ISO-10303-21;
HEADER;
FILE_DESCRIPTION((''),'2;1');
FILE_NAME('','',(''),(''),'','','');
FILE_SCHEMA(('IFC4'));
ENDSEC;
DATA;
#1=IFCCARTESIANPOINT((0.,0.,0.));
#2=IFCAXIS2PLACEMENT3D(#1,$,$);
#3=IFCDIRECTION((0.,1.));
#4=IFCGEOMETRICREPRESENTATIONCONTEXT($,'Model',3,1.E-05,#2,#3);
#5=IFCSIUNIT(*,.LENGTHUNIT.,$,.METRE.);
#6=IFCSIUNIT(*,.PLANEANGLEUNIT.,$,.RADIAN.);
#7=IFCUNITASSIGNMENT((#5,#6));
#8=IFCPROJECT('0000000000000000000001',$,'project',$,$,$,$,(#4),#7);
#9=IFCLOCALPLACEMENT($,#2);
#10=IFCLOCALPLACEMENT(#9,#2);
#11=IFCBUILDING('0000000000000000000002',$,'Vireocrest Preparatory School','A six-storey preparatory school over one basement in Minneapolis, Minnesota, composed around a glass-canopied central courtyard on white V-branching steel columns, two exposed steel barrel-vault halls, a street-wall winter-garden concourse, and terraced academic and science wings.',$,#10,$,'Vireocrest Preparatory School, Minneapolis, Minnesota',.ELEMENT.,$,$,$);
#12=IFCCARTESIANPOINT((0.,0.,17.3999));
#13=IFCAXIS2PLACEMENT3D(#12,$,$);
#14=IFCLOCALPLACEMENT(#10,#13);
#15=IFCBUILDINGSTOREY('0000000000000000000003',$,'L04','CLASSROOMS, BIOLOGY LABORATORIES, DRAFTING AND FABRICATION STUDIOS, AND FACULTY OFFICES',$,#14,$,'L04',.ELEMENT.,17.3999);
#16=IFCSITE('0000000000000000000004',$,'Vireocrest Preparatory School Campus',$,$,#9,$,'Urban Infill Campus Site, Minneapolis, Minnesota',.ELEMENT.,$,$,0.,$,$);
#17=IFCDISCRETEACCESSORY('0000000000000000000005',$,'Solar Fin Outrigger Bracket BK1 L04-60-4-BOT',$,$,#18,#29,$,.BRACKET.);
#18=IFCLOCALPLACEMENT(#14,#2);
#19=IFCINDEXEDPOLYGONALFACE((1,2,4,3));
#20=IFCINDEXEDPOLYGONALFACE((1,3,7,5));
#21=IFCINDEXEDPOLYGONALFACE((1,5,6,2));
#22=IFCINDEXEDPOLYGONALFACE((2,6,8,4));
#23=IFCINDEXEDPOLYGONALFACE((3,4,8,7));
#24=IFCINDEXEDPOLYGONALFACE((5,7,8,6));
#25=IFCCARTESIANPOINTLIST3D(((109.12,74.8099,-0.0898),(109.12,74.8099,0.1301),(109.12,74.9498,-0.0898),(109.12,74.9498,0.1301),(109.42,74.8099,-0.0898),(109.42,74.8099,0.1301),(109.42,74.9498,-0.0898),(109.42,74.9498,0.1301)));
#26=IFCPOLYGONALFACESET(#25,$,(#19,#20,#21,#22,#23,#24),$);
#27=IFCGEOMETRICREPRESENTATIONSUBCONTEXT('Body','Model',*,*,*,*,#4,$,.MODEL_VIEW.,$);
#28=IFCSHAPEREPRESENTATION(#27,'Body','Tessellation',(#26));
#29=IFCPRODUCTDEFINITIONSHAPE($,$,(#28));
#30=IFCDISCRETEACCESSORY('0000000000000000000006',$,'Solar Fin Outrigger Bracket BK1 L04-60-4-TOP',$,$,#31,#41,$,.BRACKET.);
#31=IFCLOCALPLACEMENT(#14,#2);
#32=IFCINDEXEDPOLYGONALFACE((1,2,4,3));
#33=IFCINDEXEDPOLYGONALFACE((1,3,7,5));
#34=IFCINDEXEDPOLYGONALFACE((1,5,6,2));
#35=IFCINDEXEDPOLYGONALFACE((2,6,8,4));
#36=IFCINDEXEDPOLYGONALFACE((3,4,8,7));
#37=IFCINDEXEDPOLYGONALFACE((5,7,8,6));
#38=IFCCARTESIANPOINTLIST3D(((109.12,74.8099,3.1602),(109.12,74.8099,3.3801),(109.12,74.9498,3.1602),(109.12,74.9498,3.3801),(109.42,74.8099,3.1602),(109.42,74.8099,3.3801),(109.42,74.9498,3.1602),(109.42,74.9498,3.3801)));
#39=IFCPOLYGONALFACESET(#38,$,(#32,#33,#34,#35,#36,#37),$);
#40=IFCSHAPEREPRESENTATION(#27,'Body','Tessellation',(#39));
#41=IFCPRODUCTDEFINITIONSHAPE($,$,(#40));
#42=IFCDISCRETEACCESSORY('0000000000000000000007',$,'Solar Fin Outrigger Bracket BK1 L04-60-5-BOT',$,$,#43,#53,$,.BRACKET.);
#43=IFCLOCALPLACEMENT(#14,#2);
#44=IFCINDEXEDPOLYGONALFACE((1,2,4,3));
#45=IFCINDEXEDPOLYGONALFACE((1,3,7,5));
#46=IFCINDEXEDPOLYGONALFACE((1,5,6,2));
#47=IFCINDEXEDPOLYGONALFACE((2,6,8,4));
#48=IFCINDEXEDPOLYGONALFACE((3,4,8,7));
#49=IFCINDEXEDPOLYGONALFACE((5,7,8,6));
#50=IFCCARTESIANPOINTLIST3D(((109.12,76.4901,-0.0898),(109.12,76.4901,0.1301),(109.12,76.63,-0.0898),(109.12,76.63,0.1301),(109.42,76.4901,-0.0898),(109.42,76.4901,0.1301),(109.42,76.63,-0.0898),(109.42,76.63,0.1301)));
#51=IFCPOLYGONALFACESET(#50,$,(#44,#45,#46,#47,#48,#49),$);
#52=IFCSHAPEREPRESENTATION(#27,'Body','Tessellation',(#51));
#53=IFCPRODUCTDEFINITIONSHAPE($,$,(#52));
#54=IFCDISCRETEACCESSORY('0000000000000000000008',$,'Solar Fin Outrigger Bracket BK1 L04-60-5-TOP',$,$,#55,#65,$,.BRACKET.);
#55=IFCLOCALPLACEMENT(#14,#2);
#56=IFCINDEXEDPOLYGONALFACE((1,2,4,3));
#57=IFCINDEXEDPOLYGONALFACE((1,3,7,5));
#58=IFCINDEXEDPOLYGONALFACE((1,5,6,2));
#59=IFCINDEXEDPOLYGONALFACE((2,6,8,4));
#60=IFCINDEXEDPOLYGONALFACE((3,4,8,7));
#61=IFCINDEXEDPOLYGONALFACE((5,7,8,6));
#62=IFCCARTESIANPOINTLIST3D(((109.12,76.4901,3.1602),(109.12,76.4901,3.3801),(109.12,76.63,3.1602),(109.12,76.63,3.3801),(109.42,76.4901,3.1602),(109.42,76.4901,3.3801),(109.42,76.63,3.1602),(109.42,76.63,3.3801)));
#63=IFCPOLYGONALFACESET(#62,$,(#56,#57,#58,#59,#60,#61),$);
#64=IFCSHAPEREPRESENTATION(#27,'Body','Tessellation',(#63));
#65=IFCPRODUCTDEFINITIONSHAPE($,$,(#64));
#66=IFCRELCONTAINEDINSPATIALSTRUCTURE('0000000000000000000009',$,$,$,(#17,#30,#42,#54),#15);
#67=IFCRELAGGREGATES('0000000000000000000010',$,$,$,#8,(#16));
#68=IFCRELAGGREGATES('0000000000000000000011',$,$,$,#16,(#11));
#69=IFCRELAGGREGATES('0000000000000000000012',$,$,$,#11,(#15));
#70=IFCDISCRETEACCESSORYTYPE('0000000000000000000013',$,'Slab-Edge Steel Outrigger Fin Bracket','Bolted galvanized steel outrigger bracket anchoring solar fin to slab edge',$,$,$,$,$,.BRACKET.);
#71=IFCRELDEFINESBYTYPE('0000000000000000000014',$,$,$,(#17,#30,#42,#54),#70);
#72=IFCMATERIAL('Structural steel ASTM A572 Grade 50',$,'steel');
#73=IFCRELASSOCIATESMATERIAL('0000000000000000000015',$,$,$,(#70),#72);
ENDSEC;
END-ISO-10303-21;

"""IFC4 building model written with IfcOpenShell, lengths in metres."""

from ifc_helpers import new_model, si_unit, direction, frame, origin, origin_2d, place, context, subcontext, project, spatial, rectangle, extrude, material, type_object, element, save


model = new_model("IFC4")

# Units and contexts
model_context = context("Model", 3, precision=1e-05, world=origin(), true_north=direction((0.0, 1.0)))
body_context = subcontext(model_context, "Body", "Model", "MODEL_VIEW")
ifc_project = project(units=[si_unit("LENGTHUNIT", "METRE"), si_unit("PLANEANGLEUNIT", "RADIAN")], contexts=[model_context])

# Site, building, storey
site_placement = place(None, origin())
site = spatial("IfcSite", under=ifc_project, at=site_placement, Name="Vireocrest Preparatory School Campus", LongName="Urban Infill Campus Site, Minneapolis, Minnesota", CompositionType="ELEMENT", RefElevation=0.0)
building_placement = place(site_placement, origin())
building = spatial("IfcBuilding", under=site, at=building_placement, Name="Vireocrest Preparatory School", Description="A six-storey preparatory school over one basement in Minneapolis, Minnesota, composed around a glass-canopied central courtyard on white V-branching steel columns, two exposed steel barrel-vault halls, a street-wall winter-garden concourse, and terraced academic and science wings.", LongName="Vireocrest Preparatory School, Minneapolis, Minnesota", CompositionType="ELEMENT")
storey_placement = place(building_placement, frame((0.0, 0.0, 17.3999)))
storey = spatial("IfcBuildingStorey", under=building, at=storey_placement, Name="L04", Description="CLASSROOMS, BIOLOGY LABORATORIES, DRAFTING AND FABRICATION STUDIOS, AND FACULTY OFFICES", LongName="L04", CompositionType="ELEMENT", Elevation=17.3999)

# Discrete accessories
ifc_material_1 = material(Name="Structural steel ASTM A572 Grade 50", Category="steel")
discrete_accessory_type = type_object("IfcDiscreteAccessoryType", Name="Slab-Edge Steel Outrigger Fin Bracket", Description="Bolted galvanized steel outrigger bracket anchoring solar fin to slab edge", PredefinedType="BRACKET", material=ifc_material_1)
for number, where, z_axis, x_axis, name in (
    (1, (109.27, 74.8799, -0.0898), (0.0, 0.0, 1.0), (0.0, -1.0, 0.0), "Solar Fin Outrigger Bracket BK1 L04-60-4-BOT"),
    (2, (109.27, 74.8799, 3.1602), (0.0, 0.0, 1.0), (0.0, -1.0, 0.0), "Solar Fin Outrigger Bracket BK1 L04-60-4-TOP"),
    (3, (109.27, 76.5601, -0.0898), (0.0, 0.0, 1.0), (0.0, -1.0, 0.0), "Solar Fin Outrigger Bracket BK1 L04-60-5-BOT"),
    (4, (109.27, 76.5601, 3.1602), (0.0, 0.0, 1.0), (0.0, -1.0, 0.0), "Solar Fin Outrigger Bracket BK1 L04-60-5-TOP"),
):
    element("IfcDiscreteAccessory", number, at=place(storey_placement, frame(where, z_axis=z_axis, x_axis=x_axis)), inside=storey, type_object=discrete_accessory_type, Name=name, PredefinedType="BRACKET", context=body_context, shape_type="SweptSolid", body=[
        extrude(rectangle(XDim=0.1399, YDim=0.3, at=origin_2d()), origin(), (0.0, 0.0, 1.0), 0.22),
    ])

save(model, "model.ifc")
